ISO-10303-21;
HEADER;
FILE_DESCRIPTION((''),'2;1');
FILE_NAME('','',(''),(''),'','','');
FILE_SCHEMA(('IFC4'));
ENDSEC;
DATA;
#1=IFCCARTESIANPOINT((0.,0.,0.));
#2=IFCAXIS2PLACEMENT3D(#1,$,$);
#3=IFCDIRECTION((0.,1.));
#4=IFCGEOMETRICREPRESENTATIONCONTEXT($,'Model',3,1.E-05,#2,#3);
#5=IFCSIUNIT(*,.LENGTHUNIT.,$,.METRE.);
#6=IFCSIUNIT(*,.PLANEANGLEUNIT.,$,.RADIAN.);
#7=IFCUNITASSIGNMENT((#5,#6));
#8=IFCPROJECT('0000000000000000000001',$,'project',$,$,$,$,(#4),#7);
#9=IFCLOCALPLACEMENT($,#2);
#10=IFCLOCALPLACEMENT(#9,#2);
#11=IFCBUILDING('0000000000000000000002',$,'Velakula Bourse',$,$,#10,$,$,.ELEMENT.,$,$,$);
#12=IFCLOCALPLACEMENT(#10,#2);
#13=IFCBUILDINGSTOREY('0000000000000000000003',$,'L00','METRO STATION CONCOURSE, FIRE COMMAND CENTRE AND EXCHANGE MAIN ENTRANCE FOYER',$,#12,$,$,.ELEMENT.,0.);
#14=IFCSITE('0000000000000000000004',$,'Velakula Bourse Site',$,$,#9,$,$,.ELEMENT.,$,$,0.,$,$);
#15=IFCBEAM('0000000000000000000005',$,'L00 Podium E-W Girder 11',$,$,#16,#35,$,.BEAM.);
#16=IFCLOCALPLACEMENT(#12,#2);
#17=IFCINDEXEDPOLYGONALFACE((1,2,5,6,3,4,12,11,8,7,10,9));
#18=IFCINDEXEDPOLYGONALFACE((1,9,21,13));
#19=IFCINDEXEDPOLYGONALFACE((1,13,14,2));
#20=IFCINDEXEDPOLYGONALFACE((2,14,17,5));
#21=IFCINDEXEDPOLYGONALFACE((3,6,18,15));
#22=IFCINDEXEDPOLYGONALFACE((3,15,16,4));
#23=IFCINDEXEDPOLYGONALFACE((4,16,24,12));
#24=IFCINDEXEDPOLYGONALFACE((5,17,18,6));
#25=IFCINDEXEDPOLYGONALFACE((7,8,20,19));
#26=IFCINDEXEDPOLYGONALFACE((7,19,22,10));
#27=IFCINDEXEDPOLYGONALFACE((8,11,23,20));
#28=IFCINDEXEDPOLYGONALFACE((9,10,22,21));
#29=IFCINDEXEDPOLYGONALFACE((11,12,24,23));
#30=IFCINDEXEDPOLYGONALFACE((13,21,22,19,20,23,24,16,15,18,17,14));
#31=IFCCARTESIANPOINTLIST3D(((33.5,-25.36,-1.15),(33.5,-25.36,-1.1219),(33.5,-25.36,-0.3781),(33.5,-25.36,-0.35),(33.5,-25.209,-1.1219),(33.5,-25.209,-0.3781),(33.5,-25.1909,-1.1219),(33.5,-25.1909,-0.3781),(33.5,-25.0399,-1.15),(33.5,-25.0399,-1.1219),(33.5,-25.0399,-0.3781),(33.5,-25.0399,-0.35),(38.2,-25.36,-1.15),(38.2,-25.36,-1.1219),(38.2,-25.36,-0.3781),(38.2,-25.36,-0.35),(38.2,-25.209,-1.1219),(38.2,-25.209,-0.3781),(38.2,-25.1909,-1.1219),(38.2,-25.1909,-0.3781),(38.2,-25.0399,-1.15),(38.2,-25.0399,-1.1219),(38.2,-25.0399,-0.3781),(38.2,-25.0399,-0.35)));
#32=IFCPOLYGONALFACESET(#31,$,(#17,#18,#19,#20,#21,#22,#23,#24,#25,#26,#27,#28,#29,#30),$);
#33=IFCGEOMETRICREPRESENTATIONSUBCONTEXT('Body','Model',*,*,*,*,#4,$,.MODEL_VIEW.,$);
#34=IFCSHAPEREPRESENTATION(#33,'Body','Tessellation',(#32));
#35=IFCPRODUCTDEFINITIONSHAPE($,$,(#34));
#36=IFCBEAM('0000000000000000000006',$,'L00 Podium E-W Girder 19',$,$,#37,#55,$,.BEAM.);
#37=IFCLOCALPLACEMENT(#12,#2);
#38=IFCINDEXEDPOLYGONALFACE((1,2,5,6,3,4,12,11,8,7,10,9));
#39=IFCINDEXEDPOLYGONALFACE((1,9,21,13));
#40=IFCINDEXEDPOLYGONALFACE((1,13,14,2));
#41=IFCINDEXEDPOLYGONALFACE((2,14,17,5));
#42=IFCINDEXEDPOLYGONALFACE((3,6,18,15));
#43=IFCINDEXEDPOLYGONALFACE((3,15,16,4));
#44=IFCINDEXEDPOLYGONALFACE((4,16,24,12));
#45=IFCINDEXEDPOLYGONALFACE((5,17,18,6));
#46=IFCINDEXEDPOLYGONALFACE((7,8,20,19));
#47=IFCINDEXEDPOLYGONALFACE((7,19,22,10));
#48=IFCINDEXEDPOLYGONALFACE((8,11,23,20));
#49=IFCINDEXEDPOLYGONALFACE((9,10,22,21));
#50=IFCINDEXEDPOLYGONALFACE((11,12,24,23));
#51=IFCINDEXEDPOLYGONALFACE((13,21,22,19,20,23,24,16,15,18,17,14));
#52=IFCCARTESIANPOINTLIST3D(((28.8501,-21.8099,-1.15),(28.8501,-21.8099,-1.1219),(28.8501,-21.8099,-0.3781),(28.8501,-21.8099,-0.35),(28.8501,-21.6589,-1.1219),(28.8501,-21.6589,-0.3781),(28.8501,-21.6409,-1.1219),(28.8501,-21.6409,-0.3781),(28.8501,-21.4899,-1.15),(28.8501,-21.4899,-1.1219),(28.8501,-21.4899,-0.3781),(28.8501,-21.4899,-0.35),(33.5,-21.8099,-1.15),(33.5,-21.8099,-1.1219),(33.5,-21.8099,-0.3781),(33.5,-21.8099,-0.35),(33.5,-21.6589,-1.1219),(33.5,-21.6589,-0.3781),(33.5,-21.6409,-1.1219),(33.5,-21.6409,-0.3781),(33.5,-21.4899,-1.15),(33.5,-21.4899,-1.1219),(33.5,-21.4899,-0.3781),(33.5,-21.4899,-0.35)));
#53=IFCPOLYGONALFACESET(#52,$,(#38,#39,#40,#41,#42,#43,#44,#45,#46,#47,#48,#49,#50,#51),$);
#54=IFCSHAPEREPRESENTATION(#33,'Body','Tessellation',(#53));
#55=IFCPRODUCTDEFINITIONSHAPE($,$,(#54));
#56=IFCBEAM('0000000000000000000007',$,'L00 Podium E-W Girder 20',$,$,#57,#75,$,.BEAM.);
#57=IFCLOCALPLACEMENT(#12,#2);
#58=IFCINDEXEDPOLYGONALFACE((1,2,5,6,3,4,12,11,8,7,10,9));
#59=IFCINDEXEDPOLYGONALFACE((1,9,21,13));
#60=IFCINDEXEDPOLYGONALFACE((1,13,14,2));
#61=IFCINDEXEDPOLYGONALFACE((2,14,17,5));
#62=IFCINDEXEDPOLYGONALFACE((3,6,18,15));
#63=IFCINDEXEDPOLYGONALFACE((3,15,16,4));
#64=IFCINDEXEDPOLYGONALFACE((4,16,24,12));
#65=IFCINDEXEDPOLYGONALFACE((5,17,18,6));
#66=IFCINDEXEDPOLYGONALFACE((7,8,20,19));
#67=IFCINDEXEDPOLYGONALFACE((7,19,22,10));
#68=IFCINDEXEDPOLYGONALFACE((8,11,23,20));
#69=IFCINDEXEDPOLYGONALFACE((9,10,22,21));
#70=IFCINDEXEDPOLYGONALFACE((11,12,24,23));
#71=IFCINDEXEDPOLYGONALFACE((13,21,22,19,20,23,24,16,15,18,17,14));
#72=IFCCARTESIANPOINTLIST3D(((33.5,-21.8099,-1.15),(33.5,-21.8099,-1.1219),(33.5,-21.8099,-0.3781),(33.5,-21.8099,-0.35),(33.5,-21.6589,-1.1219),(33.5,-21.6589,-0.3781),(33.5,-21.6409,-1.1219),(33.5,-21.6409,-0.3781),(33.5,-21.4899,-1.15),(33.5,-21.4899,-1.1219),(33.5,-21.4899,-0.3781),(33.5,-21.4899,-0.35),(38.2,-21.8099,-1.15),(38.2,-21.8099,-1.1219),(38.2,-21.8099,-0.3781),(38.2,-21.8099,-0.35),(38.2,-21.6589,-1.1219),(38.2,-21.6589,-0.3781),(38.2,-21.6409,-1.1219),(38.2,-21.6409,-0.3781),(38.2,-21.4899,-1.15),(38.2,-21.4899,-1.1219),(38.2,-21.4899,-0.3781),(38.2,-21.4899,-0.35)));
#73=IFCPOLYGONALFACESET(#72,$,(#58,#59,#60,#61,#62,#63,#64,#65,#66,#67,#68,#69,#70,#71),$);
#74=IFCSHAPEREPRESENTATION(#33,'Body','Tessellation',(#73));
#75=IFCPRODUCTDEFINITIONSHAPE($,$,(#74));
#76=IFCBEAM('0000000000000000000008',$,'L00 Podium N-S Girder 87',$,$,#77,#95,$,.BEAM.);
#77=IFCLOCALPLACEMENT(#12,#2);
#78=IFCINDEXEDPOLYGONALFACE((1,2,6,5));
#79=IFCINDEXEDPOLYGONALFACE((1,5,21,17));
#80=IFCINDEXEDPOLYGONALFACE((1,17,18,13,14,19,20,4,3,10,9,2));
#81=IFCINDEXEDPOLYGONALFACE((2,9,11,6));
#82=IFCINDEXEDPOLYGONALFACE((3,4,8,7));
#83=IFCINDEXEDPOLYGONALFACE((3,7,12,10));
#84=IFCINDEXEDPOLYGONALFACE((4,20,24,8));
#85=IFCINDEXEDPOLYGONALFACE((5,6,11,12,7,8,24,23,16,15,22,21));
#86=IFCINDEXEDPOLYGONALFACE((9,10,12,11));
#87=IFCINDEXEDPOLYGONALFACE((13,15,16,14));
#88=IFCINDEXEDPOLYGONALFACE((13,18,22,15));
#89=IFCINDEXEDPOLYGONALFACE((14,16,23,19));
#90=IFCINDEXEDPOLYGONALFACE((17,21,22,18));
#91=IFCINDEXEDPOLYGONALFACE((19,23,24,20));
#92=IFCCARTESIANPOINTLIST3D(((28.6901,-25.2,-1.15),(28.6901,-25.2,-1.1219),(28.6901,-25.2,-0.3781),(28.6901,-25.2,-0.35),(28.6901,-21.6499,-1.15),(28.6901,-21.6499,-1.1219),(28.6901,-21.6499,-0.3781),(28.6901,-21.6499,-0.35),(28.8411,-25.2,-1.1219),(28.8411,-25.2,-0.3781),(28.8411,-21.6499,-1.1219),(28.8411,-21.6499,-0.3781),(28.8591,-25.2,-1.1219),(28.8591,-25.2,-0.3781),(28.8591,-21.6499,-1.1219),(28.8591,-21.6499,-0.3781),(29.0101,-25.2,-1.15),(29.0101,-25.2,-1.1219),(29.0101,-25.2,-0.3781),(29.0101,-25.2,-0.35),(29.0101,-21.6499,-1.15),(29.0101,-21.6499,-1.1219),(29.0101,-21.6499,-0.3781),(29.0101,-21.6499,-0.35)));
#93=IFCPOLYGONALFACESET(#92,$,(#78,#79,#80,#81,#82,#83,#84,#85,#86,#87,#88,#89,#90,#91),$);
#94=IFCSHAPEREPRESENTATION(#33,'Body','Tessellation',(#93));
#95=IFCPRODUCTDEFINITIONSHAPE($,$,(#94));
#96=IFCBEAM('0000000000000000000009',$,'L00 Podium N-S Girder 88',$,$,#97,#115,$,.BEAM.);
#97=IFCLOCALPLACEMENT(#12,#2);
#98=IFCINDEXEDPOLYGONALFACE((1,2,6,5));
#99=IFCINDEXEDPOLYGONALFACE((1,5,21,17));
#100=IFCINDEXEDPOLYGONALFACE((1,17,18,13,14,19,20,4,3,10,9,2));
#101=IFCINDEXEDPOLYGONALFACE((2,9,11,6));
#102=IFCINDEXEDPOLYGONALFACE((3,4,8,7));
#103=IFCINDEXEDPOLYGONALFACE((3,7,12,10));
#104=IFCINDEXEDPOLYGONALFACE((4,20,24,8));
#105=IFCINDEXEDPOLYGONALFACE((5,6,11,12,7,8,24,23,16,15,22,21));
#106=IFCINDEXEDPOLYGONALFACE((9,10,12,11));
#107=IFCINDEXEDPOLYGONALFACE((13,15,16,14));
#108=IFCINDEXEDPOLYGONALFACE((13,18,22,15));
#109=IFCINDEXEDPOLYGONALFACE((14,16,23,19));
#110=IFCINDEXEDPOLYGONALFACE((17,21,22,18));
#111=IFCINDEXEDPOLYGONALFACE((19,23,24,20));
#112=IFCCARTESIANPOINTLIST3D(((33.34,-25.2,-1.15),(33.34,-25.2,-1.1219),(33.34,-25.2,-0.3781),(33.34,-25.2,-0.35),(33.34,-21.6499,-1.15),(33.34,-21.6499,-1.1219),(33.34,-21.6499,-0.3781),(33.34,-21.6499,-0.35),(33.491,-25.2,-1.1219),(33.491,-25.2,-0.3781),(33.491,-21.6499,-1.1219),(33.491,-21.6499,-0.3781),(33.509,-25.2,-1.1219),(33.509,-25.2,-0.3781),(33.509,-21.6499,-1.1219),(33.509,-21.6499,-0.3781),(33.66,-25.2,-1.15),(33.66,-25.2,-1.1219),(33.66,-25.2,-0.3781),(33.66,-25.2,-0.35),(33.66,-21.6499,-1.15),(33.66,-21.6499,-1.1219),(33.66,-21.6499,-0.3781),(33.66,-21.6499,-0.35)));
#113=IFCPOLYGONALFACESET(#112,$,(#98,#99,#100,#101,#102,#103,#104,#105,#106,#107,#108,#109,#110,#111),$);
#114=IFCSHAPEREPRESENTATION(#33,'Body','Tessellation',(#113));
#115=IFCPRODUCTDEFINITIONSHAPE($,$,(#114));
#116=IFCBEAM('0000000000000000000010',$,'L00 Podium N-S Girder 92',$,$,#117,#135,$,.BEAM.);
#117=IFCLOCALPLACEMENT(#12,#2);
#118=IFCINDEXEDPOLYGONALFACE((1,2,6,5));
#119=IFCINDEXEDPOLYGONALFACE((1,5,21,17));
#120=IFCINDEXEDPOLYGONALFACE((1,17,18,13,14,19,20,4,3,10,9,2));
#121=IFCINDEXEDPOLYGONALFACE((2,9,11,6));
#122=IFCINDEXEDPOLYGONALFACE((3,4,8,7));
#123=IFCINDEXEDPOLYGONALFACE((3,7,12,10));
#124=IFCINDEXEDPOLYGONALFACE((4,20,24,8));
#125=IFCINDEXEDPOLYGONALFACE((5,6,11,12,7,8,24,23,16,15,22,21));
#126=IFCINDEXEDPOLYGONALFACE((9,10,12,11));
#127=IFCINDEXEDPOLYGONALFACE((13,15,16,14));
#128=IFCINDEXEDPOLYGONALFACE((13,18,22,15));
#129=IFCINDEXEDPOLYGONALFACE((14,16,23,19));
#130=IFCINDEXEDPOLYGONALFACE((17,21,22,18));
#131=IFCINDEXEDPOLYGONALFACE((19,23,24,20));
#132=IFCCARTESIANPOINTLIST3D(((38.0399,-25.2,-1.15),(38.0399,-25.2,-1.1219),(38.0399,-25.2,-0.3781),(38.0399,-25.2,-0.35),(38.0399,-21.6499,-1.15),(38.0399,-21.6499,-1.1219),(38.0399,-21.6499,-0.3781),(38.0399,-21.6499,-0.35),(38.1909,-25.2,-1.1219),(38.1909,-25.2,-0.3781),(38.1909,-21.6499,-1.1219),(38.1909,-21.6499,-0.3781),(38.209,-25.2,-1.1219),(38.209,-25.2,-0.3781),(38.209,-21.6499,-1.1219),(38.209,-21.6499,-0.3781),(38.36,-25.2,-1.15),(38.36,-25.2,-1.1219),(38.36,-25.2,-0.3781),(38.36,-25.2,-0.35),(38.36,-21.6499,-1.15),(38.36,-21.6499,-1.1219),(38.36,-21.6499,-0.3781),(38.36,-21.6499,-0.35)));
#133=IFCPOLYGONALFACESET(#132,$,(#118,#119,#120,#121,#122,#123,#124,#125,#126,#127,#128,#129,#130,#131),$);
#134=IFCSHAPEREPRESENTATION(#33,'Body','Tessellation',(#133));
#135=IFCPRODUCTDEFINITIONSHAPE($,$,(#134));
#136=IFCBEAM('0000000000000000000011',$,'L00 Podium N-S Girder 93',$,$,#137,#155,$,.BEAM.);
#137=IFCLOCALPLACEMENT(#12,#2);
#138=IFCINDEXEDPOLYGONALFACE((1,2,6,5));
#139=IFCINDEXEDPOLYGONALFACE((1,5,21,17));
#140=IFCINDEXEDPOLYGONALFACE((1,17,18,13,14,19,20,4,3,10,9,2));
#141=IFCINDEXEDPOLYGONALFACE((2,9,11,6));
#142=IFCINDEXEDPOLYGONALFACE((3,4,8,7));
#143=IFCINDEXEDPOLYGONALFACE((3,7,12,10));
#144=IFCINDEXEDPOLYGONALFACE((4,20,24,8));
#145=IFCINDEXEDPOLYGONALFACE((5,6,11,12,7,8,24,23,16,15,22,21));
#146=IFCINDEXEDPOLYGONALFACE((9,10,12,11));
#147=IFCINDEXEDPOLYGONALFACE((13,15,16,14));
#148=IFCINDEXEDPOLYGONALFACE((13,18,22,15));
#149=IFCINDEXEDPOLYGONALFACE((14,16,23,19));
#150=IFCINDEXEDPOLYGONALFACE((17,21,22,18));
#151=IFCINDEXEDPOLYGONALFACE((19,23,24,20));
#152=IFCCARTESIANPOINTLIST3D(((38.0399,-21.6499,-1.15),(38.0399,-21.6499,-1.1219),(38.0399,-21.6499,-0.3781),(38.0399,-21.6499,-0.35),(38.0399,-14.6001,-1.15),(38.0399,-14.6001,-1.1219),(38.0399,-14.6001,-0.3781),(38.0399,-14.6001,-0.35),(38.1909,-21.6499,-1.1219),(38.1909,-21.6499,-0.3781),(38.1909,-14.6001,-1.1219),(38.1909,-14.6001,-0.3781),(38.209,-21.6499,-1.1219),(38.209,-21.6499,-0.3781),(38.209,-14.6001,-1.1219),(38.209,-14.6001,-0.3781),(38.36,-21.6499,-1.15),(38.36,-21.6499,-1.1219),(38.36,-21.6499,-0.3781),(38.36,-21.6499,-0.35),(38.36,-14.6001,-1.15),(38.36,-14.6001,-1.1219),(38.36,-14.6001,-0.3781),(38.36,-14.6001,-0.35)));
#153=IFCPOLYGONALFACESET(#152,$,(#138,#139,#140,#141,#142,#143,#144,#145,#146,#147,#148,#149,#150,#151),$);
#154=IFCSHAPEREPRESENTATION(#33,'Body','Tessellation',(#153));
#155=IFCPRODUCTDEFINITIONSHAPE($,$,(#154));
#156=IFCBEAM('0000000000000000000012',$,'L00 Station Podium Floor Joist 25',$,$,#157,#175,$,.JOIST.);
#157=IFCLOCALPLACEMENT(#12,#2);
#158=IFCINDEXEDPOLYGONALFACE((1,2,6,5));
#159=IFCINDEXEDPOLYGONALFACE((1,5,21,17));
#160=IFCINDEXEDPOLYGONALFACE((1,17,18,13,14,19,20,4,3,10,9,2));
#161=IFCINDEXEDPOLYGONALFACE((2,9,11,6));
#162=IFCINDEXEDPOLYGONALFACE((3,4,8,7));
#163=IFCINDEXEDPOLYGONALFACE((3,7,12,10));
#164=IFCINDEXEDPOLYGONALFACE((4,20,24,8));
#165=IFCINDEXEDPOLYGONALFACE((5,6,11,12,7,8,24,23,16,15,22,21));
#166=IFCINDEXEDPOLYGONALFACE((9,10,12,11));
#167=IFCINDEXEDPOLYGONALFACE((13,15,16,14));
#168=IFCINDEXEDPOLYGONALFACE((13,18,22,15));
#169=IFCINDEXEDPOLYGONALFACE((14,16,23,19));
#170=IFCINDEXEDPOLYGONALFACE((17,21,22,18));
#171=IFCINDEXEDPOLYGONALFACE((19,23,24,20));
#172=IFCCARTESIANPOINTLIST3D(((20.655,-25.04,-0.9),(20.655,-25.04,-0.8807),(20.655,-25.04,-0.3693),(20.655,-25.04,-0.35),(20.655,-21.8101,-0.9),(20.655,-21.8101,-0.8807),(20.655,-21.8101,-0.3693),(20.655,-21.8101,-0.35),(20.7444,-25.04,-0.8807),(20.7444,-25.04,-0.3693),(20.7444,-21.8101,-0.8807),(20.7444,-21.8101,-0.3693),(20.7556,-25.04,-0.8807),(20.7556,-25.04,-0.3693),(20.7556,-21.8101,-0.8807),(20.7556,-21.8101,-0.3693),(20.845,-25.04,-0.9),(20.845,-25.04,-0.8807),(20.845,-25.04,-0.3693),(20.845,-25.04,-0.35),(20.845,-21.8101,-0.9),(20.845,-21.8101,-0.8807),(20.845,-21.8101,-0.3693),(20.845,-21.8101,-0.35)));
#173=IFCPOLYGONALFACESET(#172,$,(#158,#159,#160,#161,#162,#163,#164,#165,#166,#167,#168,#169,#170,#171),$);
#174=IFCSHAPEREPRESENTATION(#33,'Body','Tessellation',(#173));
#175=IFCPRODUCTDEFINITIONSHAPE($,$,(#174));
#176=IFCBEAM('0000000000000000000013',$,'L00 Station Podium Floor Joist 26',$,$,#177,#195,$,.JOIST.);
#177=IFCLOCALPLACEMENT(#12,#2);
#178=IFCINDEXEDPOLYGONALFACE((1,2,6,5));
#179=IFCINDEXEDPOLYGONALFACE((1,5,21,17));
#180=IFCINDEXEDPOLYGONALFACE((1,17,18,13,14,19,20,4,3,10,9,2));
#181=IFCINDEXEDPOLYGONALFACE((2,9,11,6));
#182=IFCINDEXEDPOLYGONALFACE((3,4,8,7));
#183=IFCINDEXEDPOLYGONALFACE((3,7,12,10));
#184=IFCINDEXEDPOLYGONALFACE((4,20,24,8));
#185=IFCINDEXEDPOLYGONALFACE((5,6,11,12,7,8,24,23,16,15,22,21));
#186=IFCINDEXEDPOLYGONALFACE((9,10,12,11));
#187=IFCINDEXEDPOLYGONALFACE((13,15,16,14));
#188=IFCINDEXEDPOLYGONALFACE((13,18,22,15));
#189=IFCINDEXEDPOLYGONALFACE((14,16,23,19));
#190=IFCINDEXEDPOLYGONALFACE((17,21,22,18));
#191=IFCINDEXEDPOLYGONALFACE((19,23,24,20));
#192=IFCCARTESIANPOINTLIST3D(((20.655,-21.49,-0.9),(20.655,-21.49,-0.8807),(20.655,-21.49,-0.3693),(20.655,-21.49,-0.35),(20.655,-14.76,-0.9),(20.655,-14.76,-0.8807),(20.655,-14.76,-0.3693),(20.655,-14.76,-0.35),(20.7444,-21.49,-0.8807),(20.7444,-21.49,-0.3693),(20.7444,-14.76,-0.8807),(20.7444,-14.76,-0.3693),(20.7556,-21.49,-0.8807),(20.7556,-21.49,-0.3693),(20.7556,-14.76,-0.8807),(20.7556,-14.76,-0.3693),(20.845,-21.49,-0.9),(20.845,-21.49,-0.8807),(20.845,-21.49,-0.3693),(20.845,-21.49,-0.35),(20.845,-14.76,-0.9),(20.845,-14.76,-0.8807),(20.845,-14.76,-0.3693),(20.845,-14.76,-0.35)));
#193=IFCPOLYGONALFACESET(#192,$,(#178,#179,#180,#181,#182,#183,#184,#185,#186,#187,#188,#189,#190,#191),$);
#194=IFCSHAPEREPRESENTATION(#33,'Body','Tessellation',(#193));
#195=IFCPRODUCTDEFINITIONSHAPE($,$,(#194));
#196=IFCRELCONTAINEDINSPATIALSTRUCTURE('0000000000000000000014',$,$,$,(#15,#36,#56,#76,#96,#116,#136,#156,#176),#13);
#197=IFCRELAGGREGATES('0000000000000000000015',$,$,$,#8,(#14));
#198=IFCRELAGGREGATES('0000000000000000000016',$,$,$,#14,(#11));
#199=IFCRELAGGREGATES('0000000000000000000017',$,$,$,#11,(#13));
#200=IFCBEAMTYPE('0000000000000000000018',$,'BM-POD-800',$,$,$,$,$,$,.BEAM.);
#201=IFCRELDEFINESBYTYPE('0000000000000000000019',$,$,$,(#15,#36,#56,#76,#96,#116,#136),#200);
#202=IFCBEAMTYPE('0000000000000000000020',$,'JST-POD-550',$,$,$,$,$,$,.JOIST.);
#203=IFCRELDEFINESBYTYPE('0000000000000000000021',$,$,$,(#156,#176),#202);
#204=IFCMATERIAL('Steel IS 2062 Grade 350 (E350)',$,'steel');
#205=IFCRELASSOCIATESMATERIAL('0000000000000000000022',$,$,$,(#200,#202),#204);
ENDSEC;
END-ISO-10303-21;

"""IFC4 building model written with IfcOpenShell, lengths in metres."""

from ifc_helpers import new_model, si_unit, direction, frame, origin, origin_2d, place, context, subcontext, project, spatial, i_section, extrude, material, material_profile, profile_set, type_object, element, save


model = new_model("IFC4")

# Units and contexts
model_context = context("Model", 3, precision=1e-05, world=origin(), true_north=direction((0.0, 1.0)))
body_context = subcontext(model_context, "Body", "Model", "MODEL_VIEW")
ifc_project = project(units=[si_unit("LENGTHUNIT", "METRE"), si_unit("PLANEANGLEUNIT", "RADIAN")], contexts=[model_context])

# Site, building, storey
site_placement = place(None, origin())
site = spatial("IfcSite", under=ifc_project, at=site_placement, Name="Velakula Bourse Site", CompositionType="ELEMENT", RefElevation=0.0)
building_placement = place(site_placement, origin())
building = spatial("IfcBuilding", under=site, at=building_placement, Name="Velakula Bourse", CompositionType="ELEMENT")
storey_placement = place(building_placement, origin())
storey = spatial("IfcBuildingStorey", under=building, at=storey_placement, Name="L00", Description="METRO STATION CONCOURSE, FIRE COMMAND CENTRE AND EXCHANGE MAIN ENTRANCE FOYER", CompositionType="ELEMENT", Elevation=0.0)

# Beams
ifc_material_1 = material(Name="Steel IS 2062 Grade 350 (E350)", Category="steel")
ifc_material_profile_1 = material_profile(ifc_material_1, i_section(OverallWidth=0.3201, OverallDepth=0.8, WebThickness=0.0181, FlangeThickness=0.0281, at=origin_2d()), Name="Steel IS 2062 Grade 350 (E350)")
ifc_profile_set_1 = profile_set([ifc_material_profile_1], Name="Steel IS 2062 Grade 350 (E350)")
beam_type_1 = type_object("IfcBeamType", Name="BM-POD-800", PredefinedType="BEAM", material=ifc_profile_set_1)
beam_1_placement = place(storey_placement, frame((33.5, -25.2, -0.75), z_axis=(1.0, 0.0, 0.0), x_axis=(0.0, 1.0, 0.0)))
element("IfcBeam", 1, at=beam_1_placement, inside=storey, type_object=beam_type_1, Name="L00 Podium E-W Girder 11", PredefinedType="BEAM", context=body_context, shape_type="SweptSolid", body=[
    extrude(i_section(OverallWidth=0.3201, OverallDepth=0.8, WebThickness=0.0181, FlangeThickness=0.0281, at=origin_2d()), origin(), (0.0, 0.0, 1.0), 4.7),
])
beam_2_placement = place(storey_placement, frame((28.8501, -21.6499, -0.75), z_axis=(1.0, 0.0, 0.0), x_axis=(0.0, 1.0, 0.0)))
element("IfcBeam", 2, at=beam_2_placement, inside=storey, type_object=beam_type_1, Name="L00 Podium E-W Girder 19", PredefinedType="BEAM", context=body_context, shape_type="SweptSolid", body=[
    extrude(i_section(OverallWidth=0.3201, OverallDepth=0.8, WebThickness=0.0181, FlangeThickness=0.0281, at=origin_2d()), origin(), (0.0, 0.0, 1.0), 4.6499),
])
beam_3_placement = place(storey_placement, frame((33.5, -21.6499, -0.75), z_axis=(1.0, 0.0, 0.0), x_axis=(0.0, 1.0, 0.0)))
element("IfcBeam", 3, at=beam_3_placement, inside=storey, type_object=beam_type_1, Name="L00 Podium E-W Girder 20", PredefinedType="BEAM", context=body_context, shape_type="SweptSolid", body=[
    extrude(i_section(OverallWidth=0.3201, OverallDepth=0.8, WebThickness=0.0181, FlangeThickness=0.0281, at=origin_2d()), origin(), (0.0, 0.0, 1.0), 4.7),
])
for number, where, z_axis, x_axis, name in (
    (4, (28.8501, -25.2, -0.75), (0.0, 1.0, 0.0), (-1.0, 0.0, 0.0), "L00 Podium N-S Girder 87"),
    (5, (33.5, -25.2, -0.75), (0.0, 1.0, 0.0), (-1.0, 0.0, 0.0), "L00 Podium N-S Girder 88"),
    (6, (38.2, -25.2, -0.75), (0.0, 1.0, 0.0), (-1.0, 0.0, 0.0), "L00 Podium N-S Girder 92"),
):
    element("IfcBeam", number, at=place(storey_placement, frame(where, z_axis=z_axis, x_axis=x_axis)), inside=storey, type_object=beam_type_1, Name=name, PredefinedType="BEAM", context=body_context, shape_type="SweptSolid", body=[
        extrude(i_section(OverallWidth=0.3201, OverallDepth=0.8, WebThickness=0.0181, FlangeThickness=0.0281, at=origin_2d()), origin(), (0.0, 0.0, 1.0), 3.55),
    ])
beam_4_placement = place(storey_placement, frame((38.2, -21.6499, -0.75), z_axis=(0.0, 1.0, 0.0), x_axis=(-1.0, 0.0, 0.0)))
element("IfcBeam", 7, at=beam_4_placement, inside=storey, type_object=beam_type_1, Name="L00 Podium N-S Girder 93", PredefinedType="BEAM", context=body_context, shape_type="SweptSolid", body=[
    extrude(i_section(OverallWidth=0.3201, OverallDepth=0.8, WebThickness=0.0181, FlangeThickness=0.0281, at=origin_2d()), origin(), (0.0, 0.0, 1.0), 7.0498),
])
ifc_material_profile_2 = material_profile(ifc_material_1, i_section(OverallWidth=0.1899, OverallDepth=0.55, WebThickness=0.0112, FlangeThickness=0.0193, at=origin_2d()), Name="Steel IS 2062 Grade 350 (E350)")
ifc_profile_set_2 = profile_set([ifc_material_profile_2], Name="Steel IS 2062 Grade 350 (E350)")
beam_type_2 = type_object("IfcBeamType", Name="JST-POD-550", PredefinedType="JOIST", material=ifc_profile_set_2)
beam_5_placement = place(storey_placement, frame((20.75, -25.04, -0.625), z_axis=(0.0, 1.0, 0.0), x_axis=(-1.0, 0.0, 0.0)))
element("IfcBeam", 8, at=beam_5_placement, inside=storey, type_object=beam_type_2, Name="L00 Station Podium Floor Joist 25", PredefinedType="JOIST", context=body_context, shape_type="SweptSolid", body=[
    extrude(i_section(OverallWidth=0.1899, OverallDepth=0.55, WebThickness=0.0112, FlangeThickness=0.0193, at=origin_2d()), origin(), (0.0, 0.0, 1.0), 3.23),
])
beam_6_placement = place(storey_placement, frame((20.75, -21.49, -0.625), z_axis=(0.0, 1.0, 0.0), x_axis=(-1.0, 0.0, 0.0)))
element("IfcBeam", 9, at=beam_6_placement, inside=storey, type_object=beam_type_2, Name="L00 Station Podium Floor Joist 26", PredefinedType="JOIST", context=body_context, shape_type="SweptSolid", body=[
    extrude(i_section(OverallWidth=0.1899, OverallDepth=0.55, WebThickness=0.0112, FlangeThickness=0.0193, at=origin_2d()), origin(), (0.0, 0.0, 1.0), 6.73),
])

save(model, "model.ifc")
